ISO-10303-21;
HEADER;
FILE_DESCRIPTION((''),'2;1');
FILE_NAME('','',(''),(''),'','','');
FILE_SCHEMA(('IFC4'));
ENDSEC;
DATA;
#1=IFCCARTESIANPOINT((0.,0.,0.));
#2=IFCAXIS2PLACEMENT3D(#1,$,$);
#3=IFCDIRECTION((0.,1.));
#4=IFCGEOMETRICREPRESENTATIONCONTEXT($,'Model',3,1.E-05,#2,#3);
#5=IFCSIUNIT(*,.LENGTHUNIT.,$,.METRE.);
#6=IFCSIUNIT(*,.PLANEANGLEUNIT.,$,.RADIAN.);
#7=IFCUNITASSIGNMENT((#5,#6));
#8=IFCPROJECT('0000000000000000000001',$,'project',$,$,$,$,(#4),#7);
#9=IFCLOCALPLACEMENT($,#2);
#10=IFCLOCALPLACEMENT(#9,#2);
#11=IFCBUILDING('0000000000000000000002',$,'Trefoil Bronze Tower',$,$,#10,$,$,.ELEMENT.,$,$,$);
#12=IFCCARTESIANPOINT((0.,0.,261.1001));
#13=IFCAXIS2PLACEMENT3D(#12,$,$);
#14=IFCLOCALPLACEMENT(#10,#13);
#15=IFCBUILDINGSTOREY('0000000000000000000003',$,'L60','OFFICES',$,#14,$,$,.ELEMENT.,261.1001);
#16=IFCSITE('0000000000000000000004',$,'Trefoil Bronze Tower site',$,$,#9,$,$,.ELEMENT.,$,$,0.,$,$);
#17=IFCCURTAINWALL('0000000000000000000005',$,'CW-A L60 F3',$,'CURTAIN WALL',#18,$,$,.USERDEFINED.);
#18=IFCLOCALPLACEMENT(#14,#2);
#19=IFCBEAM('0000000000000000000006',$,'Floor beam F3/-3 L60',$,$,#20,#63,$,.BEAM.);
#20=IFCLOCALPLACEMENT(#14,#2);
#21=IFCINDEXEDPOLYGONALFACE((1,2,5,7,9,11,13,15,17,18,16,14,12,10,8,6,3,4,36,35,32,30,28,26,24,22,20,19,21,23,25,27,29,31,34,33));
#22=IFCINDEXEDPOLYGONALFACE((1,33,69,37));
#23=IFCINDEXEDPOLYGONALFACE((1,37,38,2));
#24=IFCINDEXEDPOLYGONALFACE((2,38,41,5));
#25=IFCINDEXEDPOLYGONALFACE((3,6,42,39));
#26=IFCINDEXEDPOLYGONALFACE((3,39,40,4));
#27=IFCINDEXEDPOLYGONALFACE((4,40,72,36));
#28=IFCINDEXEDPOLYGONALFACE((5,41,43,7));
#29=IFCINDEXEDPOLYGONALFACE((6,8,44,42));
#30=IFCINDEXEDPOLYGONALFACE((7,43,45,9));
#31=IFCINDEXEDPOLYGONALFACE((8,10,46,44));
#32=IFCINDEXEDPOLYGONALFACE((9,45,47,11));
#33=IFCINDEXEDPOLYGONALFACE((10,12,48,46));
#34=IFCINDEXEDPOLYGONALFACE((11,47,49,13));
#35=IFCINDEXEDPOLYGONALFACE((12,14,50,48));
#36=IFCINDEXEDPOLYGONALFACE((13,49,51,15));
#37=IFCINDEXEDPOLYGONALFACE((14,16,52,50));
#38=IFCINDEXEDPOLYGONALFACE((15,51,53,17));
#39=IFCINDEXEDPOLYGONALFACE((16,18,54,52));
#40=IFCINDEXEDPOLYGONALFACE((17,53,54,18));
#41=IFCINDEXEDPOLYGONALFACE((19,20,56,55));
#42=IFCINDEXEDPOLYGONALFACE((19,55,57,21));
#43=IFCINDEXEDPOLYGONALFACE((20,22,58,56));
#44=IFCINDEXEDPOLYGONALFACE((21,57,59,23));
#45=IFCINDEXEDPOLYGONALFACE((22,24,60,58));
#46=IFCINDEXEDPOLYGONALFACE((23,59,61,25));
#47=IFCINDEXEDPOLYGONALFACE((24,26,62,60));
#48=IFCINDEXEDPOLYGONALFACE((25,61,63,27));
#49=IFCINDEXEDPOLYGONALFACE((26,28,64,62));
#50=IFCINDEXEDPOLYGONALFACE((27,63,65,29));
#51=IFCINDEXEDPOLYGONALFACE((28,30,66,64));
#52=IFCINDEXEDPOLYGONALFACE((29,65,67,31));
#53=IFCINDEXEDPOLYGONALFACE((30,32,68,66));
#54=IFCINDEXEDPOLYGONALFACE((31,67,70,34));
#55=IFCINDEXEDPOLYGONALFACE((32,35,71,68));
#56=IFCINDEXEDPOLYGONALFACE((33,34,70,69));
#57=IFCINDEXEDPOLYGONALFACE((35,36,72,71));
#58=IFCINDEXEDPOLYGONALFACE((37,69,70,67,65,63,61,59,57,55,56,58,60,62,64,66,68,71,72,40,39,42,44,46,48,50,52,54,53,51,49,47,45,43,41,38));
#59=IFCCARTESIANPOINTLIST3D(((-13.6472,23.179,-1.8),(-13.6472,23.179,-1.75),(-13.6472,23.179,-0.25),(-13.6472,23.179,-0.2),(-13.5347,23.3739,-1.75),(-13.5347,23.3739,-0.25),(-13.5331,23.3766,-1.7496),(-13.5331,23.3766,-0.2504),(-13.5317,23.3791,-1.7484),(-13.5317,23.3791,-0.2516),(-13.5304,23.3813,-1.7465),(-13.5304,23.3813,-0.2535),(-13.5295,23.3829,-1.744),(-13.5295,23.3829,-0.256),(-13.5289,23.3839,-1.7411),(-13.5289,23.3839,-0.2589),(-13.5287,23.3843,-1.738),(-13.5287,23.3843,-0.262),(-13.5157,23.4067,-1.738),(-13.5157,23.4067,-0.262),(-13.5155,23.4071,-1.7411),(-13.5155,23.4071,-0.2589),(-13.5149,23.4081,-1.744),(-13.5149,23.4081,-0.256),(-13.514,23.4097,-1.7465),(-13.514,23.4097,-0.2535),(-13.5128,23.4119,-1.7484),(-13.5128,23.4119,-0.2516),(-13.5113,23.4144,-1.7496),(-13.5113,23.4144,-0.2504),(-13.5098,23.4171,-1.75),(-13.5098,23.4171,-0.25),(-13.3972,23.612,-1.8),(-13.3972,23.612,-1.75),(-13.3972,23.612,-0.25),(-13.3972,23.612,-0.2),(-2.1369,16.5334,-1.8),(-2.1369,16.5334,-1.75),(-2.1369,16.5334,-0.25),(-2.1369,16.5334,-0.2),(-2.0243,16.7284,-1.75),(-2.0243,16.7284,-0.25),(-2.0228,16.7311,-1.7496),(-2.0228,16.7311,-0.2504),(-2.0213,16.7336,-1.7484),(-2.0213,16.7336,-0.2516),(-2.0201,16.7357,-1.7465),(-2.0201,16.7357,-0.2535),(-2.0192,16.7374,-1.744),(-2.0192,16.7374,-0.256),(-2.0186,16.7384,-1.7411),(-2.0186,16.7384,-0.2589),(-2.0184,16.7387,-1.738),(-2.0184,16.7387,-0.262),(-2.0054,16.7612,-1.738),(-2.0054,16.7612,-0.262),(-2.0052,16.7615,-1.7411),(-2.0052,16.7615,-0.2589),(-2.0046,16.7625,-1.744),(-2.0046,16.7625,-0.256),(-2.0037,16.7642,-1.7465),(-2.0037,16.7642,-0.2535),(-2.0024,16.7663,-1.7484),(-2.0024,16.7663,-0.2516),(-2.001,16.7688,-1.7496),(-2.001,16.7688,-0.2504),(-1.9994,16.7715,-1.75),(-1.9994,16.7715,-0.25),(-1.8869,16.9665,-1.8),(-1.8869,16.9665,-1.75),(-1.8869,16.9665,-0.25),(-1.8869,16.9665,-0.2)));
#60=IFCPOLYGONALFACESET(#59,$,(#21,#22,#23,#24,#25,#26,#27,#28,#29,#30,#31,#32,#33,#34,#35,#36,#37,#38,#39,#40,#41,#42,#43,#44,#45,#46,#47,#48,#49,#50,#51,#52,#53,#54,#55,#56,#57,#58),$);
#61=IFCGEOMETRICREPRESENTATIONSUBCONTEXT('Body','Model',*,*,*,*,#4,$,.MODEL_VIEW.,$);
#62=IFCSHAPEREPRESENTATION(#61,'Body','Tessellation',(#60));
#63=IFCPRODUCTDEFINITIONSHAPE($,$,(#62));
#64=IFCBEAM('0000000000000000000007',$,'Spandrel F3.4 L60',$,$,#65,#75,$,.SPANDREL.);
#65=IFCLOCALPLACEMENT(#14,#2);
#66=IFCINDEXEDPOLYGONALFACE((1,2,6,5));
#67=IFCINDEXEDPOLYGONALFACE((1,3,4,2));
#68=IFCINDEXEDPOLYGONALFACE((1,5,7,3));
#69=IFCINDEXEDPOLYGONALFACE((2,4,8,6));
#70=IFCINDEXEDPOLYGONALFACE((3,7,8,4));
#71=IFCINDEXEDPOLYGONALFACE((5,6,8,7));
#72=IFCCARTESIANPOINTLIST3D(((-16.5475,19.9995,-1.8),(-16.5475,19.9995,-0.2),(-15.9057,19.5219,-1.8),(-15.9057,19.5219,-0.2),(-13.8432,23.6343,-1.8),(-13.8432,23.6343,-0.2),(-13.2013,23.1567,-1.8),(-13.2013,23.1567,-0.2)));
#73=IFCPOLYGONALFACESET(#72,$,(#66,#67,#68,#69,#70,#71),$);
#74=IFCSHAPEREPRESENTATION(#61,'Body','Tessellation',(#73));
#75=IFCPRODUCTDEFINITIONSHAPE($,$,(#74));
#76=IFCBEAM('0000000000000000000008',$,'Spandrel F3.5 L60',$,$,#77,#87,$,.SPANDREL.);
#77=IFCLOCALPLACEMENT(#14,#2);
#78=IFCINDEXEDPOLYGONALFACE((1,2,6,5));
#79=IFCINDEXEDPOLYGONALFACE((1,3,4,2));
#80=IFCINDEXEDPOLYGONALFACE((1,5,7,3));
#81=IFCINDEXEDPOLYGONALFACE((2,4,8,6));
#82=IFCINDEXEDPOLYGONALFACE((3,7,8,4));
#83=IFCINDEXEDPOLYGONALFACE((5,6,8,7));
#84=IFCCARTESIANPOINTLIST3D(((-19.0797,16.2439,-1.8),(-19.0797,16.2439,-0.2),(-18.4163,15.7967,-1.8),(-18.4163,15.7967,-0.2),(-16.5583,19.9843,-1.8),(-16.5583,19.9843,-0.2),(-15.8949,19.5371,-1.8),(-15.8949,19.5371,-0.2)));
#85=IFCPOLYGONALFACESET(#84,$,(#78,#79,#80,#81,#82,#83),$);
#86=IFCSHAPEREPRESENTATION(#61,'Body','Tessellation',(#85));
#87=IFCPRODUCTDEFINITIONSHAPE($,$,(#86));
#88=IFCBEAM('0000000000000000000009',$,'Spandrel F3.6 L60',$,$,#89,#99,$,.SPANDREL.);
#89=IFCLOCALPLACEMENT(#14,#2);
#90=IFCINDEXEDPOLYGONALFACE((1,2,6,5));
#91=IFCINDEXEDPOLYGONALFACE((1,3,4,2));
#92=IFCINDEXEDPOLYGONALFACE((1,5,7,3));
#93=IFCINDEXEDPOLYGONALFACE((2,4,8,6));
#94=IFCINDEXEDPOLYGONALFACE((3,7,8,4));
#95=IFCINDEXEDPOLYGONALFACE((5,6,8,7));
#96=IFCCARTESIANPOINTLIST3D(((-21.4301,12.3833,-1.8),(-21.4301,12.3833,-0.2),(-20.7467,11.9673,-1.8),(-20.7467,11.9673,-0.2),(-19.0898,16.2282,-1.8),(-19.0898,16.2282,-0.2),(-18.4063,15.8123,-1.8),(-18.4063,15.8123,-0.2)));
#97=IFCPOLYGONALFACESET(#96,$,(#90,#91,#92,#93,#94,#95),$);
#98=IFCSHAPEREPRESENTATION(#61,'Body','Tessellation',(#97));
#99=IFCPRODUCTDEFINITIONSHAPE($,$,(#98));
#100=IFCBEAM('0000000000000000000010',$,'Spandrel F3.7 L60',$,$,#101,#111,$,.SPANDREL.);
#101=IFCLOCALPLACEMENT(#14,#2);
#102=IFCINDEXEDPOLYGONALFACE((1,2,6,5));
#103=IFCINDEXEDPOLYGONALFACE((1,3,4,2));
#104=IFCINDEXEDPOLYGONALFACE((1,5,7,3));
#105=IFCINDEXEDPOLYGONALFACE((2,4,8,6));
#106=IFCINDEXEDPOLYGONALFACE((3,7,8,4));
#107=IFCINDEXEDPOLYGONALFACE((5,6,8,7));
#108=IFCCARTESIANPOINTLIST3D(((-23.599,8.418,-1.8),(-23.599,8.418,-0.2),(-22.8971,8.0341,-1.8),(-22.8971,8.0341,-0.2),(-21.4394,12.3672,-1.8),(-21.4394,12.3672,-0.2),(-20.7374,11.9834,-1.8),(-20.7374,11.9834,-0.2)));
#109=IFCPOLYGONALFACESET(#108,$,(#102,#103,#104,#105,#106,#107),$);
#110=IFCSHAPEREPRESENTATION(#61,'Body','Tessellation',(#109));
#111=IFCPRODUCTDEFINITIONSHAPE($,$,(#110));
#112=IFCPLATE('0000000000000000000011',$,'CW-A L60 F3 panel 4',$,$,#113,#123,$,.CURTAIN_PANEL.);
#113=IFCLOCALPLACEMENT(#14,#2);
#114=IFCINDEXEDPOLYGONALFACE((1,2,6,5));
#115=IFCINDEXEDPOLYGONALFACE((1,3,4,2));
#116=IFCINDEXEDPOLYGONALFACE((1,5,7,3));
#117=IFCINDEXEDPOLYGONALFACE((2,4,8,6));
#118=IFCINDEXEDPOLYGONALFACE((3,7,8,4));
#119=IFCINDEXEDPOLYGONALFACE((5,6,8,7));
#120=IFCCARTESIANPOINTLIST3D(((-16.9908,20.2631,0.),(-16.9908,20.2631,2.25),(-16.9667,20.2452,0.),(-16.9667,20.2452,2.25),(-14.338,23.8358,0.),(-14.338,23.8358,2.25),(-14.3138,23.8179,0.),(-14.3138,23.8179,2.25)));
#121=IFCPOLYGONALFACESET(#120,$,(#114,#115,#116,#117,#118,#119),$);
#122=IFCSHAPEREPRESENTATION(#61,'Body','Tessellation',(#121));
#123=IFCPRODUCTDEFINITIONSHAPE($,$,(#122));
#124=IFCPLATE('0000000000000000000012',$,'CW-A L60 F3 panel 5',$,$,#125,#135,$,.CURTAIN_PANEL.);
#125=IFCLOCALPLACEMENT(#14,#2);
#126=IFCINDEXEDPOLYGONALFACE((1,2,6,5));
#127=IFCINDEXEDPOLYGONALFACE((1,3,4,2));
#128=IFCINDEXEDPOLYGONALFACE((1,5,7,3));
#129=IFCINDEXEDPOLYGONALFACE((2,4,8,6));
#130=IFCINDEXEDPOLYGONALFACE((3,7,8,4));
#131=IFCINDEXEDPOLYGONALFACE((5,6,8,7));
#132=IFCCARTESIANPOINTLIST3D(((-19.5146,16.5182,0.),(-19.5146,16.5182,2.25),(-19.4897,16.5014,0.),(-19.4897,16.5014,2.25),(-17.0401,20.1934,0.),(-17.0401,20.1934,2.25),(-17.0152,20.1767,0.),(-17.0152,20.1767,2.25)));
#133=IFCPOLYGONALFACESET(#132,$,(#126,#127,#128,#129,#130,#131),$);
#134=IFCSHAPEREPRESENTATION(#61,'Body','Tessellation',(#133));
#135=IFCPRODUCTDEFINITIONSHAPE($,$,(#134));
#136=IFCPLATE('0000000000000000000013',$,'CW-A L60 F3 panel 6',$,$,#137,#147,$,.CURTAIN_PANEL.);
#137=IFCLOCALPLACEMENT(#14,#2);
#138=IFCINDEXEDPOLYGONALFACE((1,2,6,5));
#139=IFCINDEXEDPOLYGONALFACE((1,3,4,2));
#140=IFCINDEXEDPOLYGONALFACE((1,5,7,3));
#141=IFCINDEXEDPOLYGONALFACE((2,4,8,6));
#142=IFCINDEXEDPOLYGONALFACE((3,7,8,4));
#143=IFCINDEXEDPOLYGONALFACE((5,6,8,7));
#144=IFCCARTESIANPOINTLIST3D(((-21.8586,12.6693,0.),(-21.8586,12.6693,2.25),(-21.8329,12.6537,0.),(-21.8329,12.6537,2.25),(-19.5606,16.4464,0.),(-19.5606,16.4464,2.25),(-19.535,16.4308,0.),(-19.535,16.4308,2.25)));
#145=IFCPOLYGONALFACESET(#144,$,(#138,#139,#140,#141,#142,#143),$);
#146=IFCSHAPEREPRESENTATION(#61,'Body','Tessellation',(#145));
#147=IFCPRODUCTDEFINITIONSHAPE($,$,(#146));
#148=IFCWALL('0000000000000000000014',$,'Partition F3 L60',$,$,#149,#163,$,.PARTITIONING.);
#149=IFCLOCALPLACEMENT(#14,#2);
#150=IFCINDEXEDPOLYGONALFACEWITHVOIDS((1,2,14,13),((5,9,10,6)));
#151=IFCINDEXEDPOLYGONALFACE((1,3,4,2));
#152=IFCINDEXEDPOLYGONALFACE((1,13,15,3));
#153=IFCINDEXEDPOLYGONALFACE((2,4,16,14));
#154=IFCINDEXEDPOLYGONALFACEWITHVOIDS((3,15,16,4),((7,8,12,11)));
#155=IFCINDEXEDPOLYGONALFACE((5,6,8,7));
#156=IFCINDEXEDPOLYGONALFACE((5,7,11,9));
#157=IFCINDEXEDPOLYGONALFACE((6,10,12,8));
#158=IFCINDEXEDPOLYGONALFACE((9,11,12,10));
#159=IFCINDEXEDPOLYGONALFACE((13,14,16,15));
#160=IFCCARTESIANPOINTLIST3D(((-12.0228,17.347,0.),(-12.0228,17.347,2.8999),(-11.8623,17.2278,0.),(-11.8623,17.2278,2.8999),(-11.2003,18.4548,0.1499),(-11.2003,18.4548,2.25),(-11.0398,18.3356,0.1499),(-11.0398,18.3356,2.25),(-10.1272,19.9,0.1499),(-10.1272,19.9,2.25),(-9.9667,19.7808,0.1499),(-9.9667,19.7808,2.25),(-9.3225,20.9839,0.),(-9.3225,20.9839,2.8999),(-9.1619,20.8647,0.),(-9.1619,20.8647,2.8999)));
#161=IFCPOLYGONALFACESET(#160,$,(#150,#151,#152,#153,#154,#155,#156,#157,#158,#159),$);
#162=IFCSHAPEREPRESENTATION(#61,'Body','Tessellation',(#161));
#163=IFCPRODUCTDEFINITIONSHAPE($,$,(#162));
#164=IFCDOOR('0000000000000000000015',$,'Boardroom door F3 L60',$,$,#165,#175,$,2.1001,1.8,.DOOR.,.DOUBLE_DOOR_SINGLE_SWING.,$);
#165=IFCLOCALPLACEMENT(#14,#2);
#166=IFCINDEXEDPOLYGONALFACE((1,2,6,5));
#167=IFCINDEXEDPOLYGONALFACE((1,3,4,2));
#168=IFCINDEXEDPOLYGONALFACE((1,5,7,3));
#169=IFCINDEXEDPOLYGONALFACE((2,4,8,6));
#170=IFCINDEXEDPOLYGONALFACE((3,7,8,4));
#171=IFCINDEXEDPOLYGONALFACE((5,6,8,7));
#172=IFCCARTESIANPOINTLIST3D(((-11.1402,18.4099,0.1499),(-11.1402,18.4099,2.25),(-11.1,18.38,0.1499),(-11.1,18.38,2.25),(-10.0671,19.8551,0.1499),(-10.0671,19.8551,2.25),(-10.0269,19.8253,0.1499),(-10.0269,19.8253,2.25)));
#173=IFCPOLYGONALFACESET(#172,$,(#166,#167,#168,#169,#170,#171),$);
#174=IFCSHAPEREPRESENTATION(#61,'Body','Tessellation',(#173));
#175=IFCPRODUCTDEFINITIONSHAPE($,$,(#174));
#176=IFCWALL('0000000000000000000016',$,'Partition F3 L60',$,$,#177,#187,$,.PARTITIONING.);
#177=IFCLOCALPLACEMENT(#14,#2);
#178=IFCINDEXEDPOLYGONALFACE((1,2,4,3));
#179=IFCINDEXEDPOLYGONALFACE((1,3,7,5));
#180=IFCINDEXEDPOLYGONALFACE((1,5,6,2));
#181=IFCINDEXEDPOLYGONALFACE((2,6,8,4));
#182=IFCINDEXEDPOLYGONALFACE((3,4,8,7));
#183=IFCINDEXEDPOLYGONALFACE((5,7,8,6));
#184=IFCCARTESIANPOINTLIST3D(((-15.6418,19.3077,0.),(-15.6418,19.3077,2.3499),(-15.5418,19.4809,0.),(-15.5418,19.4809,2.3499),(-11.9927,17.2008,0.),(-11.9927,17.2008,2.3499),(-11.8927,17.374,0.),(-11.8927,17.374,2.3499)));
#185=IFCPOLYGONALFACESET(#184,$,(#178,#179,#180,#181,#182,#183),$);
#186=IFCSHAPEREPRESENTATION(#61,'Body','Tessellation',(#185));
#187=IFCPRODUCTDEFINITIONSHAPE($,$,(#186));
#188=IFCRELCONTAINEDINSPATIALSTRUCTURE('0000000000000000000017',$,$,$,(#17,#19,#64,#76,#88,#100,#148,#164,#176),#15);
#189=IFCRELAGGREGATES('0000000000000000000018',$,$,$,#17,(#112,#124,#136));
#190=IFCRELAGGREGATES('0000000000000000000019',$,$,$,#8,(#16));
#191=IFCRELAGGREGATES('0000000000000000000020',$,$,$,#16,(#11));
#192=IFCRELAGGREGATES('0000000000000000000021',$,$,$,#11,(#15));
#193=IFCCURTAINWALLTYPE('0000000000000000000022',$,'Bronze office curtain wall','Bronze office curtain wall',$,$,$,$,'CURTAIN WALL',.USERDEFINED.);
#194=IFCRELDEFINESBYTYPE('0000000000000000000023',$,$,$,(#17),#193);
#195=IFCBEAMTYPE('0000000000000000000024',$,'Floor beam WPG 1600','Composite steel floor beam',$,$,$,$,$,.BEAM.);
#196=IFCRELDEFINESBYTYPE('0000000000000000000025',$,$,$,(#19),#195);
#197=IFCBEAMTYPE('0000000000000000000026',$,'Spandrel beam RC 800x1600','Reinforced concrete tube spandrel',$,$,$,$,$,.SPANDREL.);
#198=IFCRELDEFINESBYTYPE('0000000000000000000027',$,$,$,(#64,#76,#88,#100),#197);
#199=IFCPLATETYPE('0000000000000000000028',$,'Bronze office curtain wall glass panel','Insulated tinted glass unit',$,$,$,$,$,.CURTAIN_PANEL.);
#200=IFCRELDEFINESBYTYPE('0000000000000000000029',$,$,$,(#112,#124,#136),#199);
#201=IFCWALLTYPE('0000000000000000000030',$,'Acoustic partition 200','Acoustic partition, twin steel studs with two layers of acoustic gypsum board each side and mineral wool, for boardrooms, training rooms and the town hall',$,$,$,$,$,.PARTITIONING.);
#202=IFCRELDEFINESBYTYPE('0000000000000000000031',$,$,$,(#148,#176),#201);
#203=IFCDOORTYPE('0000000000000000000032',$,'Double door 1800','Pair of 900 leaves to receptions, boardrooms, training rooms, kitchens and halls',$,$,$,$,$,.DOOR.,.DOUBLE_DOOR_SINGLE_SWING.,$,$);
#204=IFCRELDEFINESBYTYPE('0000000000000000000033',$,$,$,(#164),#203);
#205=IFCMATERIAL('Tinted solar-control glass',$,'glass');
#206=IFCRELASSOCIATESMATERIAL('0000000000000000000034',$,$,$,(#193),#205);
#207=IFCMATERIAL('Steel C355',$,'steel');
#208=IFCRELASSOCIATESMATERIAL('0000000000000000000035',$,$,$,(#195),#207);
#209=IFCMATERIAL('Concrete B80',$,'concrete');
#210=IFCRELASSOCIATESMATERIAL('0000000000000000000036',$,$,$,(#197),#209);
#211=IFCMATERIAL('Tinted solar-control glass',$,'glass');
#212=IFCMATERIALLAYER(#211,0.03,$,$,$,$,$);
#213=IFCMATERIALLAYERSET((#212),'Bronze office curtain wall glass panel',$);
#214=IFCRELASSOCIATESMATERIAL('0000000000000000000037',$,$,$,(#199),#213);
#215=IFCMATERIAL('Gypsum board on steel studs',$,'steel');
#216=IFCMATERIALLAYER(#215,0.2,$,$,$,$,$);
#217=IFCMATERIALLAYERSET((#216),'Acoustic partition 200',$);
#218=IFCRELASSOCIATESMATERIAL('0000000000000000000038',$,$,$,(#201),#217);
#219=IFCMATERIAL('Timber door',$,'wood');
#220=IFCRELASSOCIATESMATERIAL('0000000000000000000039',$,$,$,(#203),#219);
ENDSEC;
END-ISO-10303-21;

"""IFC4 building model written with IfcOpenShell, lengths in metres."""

from ifc_helpers import new_model, si_unit, direction, frame, frame_2d, origin, origin_2d, place, context, subcontext, project, spatial, rectangle, i_section, extrude, material, layer, layer_set, material_profile, profile_set, type_object, element, fill, aggregate, save


model = new_model("IFC4")

# Units and contexts
model_context = context("Model", 3, precision=1e-05, world=origin(), true_north=direction((0.0, 1.0)))
body_context = subcontext(model_context, "Body", "Model", "MODEL_VIEW")
ifc_project = project(units=[si_unit("LENGTHUNIT", "METRE"), si_unit("PLANEANGLEUNIT", "RADIAN")], contexts=[model_context])

# Site, building, storey
site_placement = place(None, origin())
site = spatial("IfcSite", under=ifc_project, at=site_placement, Name="Trefoil Bronze Tower site", CompositionType="ELEMENT", RefElevation=0.0)
building_placement = place(site_placement, origin())
building = spatial("IfcBuilding", under=site, at=building_placement, Name="Trefoil Bronze Tower", CompositionType="ELEMENT")
storey_placement = place(building_placement, frame((0.0, 0.0, 261.1001)))
storey = spatial("IfcBuildingStorey", under=building, at=storey_placement, Name="L60", Description="OFFICES", CompositionType="ELEMENT", Elevation=261.1001)

# Curtain wall
ifc_material_1 = material(Name="Tinted solar-control glass", Category="glass")
curtain_wall_type = type_object("IfcCurtainWallType", Name="Bronze office curtain wall", Description="Bronze office curtain wall", ElementType="CURTAIN WALL", PredefinedType="USERDEFINED", material=ifc_material_1)
curtain_wall_placement = place(storey_placement, origin())
curtain_wall = element("IfcCurtainWall", 1, at=curtain_wall_placement, inside=storey, type_object=curtain_wall_type, Name="CW-A L60 F3", ObjectType="CURTAIN WALL", PredefinedType="USERDEFINED")

# Beams
ifc_material_2 = material(Name="Steel C355", Category="steel")
ifc_material_profile_1 = material_profile(ifc_material_2, i_section(OverallWidth=0.5, OverallDepth=1.6001, WebThickness=0.0259, FlangeThickness=0.05, FilletRadius=0.012, at=origin_2d()), Name="WPG 1600")
ifc_profile_set_1 = profile_set([ifc_material_profile_1], Name="Steel C355")
beam_type_1 = type_object("IfcBeamType", Name="Floor beam WPG 1600", Description="Composite steel floor beam", PredefinedType="BEAM", material=ifc_profile_set_1)
beam_1_placement = place(storey_placement, frame((-13.5222, 23.3955, -1.0), z_axis=(0.866023, -0.500003, 0.0), x_axis=(0.500003, 0.866023, 0.0)))
element("IfcBeam", 2, at=beam_1_placement, inside=storey, type_object=beam_type_1, Name="Floor beam F3/-3 L60", PredefinedType="BEAM", context=body_context, shape_type="SweptSolid", body=[
    extrude(i_section(OverallWidth=0.5, OverallDepth=1.6001, WebThickness=0.0259, FlangeThickness=0.05, FilletRadius=0.012, at=origin_2d()), origin(), (0.0, 0.0, 1.0), 13.291),
])
ifc_material_3 = material(Name="Concrete B80", Category="concrete")
ifc_material_profile_2 = material_profile(ifc_material_3, rectangle(XDim=0.8, YDim=1.6001, at=origin_2d()), Name="RC 800x1600")
ifc_profile_set_2 = profile_set([ifc_material_profile_2], Name="Concrete B80")
beam_type_2 = type_object("IfcBeamType", Name="Spandrel beam RC 800x1600", Description="Reinforced concrete tube spandrel", PredefinedType="SPANDREL", material=ifc_profile_set_2)
beam_2_placement = place(storey_placement, frame((-13.5222, 23.3955, -1.0), z_axis=(-0.596926, -0.802296, 0.0), x_axis=(0.802296, -0.596926, 0.0)))
element("IfcBeam", 3, at=beam_2_placement, inside=storey, type_object=beam_type_2, Name="Spandrel F3.4 L60", PredefinedType="SPANDREL", context=body_context, shape_type="SweptSolid", body=[
    extrude(rectangle(XDim=0.8, YDim=1.6001, at=origin_2d()), origin(), (0.0, 0.0, 1.0), 4.5305),
])
beam_3_placement = place(storey_placement, frame((-16.2266, 19.7607, -1.0), z_axis=(-0.558964, -0.829192, 0.0), x_axis=(0.829192, -0.558964, 0.0)))
element("IfcBeam", 4, at=beam_3_placement, inside=storey, type_object=beam_type_2, Name="Spandrel F3.5 L60", PredefinedType="SPANDREL", context=body_context, shape_type="SweptSolid", body=[
    extrude(rectangle(XDim=0.8, YDim=1.6001, at=origin_2d()), origin(), (0.0, 0.0, 1.0), 4.511),
])
for number, where, z_axis, x_axis, name in (
    (5, (-18.748, 16.0203, -1.0), (-0.519933, -0.854207, 0.0), (0.854207, -0.519933, 0.0), "Spandrel F3.6 L60"),
    (6, (-21.0884, 12.1753, -1.0), (-0.479802, -0.877377, 0.0), (0.877377, -0.479802, 0.0), "Spandrel F3.7 L60"),
):
    element("IfcBeam", number, at=place(storey_placement, frame(where, z_axis=z_axis, x_axis=x_axis)), inside=storey, type_object=beam_type_2, Name=name, PredefinedType="SPANDREL", context=body_context, shape_type="SweptSolid", body=[
        extrude(rectangle(XDim=0.8, YDim=1.6001, at=origin_2d()), origin(), (0.0, 0.0, 1.0), 4.5012),
    ])

# Plates
ifc_material_4 = material(Name="Tinted solar-control glass", Category="glass")
ifc_layer_1 = layer(ifc_material_4, 0.03)
ifc_layer_set_1 = layer_set([ifc_layer_1], Name="Bronze office curtain wall glass panel")
plate_type = type_object("IfcPlateType", Name="Bronze office curtain wall glass panel", Description="Insulated tinted glass unit", PredefinedType="CURTAIN_PANEL", material=ifc_layer_set_1)
plate_1_placement = place(storey_placement, frame((-15.6523, 22.0405, 0.0), z_axis=(0.0, 0.0, 1.0), x_axis=(-0.596162, -0.802865, 0.0)))
plate_1 = element("IfcPlate", 7, at=plate_1_placement, type_object=plate_type, Name="CW-A L60 F3 panel 4", PredefinedType="CURTAIN_PANEL", context=body_context, shape_type="SweptSolid", body=[
    extrude(rectangle(XDim=4.45, YDim=0.03, at=origin_2d()), origin(), (0.0, 0.0, 1.0), 2.25),
])
plate_2_placement = place(storey_placement, frame((-18.2649, 18.3474, 0.0), z_axis=(0.0, 0.0, 1.0), x_axis=(-0.558493, -0.829509, 0.0)))
plate_2 = element("IfcPlate", 8, at=plate_2_placement, type_object=plate_type, Name="CW-A L60 F3 panel 5", PredefinedType="CURTAIN_PANEL", context=body_context, shape_type="SweptSolid", body=[
    extrude(rectangle(XDim=4.4307, YDim=0.03, at=origin_2d()), origin(), (0.0, 0.0, 1.0), 2.25),
])
plate_3_placement = place(storey_placement, frame((-20.6968, 14.55, 0.0), z_axis=(0.0, 0.0, 1.0), x_axis=(-0.519762, -0.854311, 0.0)))
plate_3 = element("IfcPlate", 9, at=plate_3_placement, type_object=plate_type, Name="CW-A L60 F3 panel 6", PredefinedType="CURTAIN_PANEL", context=body_context, shape_type="SweptSolid", body=[
    extrude(rectangle(XDim=4.4211, YDim=0.03, at=origin_2d()), origin(), (0.0, 0.0, 1.0), 2.25),
])
aggregate(curtain_wall, [plate_1, plate_2, plate_3])

# Wall, opening, door
ifc_material_5 = material(Name="Gypsum board on steel studs", Category="steel")
ifc_layer_2 = layer(ifc_material_5, 0.2)
ifc_layer_set_2 = layer_set([ifc_layer_2], Name="Acoustic partition 200")
wall_type_1 = type_object("IfcWallType", Name="Acoustic partition 200", Description="Acoustic partition, twin steel studs with two layers of acoustic gypsum board each side and mineral wool, for boardrooms, training rooms and the town hall", PredefinedType="PARTITIONING", material=ifc_layer_set_2)
wall_1_placement = place(storey_placement, frame((-9.2422, 20.9243, 0.0), z_axis=(0.0, 0.0, 1.0), x_axis=(-0.596138, -0.802882, 0.0)))
wall_1 = element("IfcWall", 10, at=wall_1_placement, inside=storey, type_object=wall_type_1, Name="Partition F3 L60", PredefinedType="PARTITIONING", context=body_context, shape_type="SweptSolid", body=[
    extrude(rectangle(XDim=4.5298, YDim=0.2, at=frame_2d((2.2649, 0.0))), origin(), (0.0, 0.0, 1.0), 2.8999),
])
opening_1_placement = place(wall_1_placement, frame((1.3501, 0.0, 0.1499)))
opening_1 = element("IfcOpeningElement", 11, at=opening_1_placement, cuts=wall_1, PredefinedType="OPENING", context=body_context, shape_type="SweptSolid", body=[
    extrude(rectangle(XDim=1.8, YDim=2.1001, at=frame_2d((0.8999, 1.05))), frame((0.0, 0.1099, 0.0), z_axis=(0.0, -1.0, 0.0), x_axis=(1.0, 0.0, 0.0)), (0.0, 0.0, 1.0), 0.22),
])
ifc_material_6 = material(Name="Timber door", Category="wood")
door_type_1 = type_object("IfcDoorType", Name="Double door 1800", Description="Pair of 900 leaves to receptions, boardrooms, training rooms, kitchens and halls", OperationType="DOUBLE_DOOR_SINGLE_SWING", PredefinedType="DOOR", material=ifc_material_6)
door_1_placement = place(opening_1_placement, frame((1.8, 0.0, 0.0), z_axis=(0.0, 0.0, 1.0), x_axis=(-1.0, 0.0, 0.0)))
door_1 = element("IfcDoor", 12, at=door_1_placement, inside=storey, type_object=door_type_1, Name="Boardroom door F3 L60", OperationType="DOUBLE_DOOR_SINGLE_SWING", OverallHeight=2.1001, OverallWidth=1.8, PredefinedType="DOOR", context=body_context, shape_type="SweptSolid", body=[
    extrude(rectangle(XDim=1.8, YDim=2.1001, at=frame_2d((0.8999, 1.05))), frame((0.0, 0.0249, 0.0), z_axis=(0.0, -1.0, 0.0), x_axis=(1.0, 0.0, 0.0)), (0.0, 0.0, 1.0), 0.05),
])
fill(opening_1, door_1)

# Wall
wall_2_placement = place(storey_placement, frame((-11.9426, 17.2874, 0.0), z_axis=(0.0, 0.0, 1.0), x_axis=(-0.866017, 0.500015, 0.0)))
element("IfcWall", 13, at=wall_2_placement, inside=storey, type_object=wall_type_1, Name="Partition F3 L60", PredefinedType="PARTITIONING", context=body_context, shape_type="SweptSolid", body=[
    extrude(rectangle(XDim=4.2136, YDim=0.2, at=frame_2d((2.1069, 0.0))), origin(), (0.0, 0.0, 1.0), 2.3499),
])

save(model, "model.ifc")
